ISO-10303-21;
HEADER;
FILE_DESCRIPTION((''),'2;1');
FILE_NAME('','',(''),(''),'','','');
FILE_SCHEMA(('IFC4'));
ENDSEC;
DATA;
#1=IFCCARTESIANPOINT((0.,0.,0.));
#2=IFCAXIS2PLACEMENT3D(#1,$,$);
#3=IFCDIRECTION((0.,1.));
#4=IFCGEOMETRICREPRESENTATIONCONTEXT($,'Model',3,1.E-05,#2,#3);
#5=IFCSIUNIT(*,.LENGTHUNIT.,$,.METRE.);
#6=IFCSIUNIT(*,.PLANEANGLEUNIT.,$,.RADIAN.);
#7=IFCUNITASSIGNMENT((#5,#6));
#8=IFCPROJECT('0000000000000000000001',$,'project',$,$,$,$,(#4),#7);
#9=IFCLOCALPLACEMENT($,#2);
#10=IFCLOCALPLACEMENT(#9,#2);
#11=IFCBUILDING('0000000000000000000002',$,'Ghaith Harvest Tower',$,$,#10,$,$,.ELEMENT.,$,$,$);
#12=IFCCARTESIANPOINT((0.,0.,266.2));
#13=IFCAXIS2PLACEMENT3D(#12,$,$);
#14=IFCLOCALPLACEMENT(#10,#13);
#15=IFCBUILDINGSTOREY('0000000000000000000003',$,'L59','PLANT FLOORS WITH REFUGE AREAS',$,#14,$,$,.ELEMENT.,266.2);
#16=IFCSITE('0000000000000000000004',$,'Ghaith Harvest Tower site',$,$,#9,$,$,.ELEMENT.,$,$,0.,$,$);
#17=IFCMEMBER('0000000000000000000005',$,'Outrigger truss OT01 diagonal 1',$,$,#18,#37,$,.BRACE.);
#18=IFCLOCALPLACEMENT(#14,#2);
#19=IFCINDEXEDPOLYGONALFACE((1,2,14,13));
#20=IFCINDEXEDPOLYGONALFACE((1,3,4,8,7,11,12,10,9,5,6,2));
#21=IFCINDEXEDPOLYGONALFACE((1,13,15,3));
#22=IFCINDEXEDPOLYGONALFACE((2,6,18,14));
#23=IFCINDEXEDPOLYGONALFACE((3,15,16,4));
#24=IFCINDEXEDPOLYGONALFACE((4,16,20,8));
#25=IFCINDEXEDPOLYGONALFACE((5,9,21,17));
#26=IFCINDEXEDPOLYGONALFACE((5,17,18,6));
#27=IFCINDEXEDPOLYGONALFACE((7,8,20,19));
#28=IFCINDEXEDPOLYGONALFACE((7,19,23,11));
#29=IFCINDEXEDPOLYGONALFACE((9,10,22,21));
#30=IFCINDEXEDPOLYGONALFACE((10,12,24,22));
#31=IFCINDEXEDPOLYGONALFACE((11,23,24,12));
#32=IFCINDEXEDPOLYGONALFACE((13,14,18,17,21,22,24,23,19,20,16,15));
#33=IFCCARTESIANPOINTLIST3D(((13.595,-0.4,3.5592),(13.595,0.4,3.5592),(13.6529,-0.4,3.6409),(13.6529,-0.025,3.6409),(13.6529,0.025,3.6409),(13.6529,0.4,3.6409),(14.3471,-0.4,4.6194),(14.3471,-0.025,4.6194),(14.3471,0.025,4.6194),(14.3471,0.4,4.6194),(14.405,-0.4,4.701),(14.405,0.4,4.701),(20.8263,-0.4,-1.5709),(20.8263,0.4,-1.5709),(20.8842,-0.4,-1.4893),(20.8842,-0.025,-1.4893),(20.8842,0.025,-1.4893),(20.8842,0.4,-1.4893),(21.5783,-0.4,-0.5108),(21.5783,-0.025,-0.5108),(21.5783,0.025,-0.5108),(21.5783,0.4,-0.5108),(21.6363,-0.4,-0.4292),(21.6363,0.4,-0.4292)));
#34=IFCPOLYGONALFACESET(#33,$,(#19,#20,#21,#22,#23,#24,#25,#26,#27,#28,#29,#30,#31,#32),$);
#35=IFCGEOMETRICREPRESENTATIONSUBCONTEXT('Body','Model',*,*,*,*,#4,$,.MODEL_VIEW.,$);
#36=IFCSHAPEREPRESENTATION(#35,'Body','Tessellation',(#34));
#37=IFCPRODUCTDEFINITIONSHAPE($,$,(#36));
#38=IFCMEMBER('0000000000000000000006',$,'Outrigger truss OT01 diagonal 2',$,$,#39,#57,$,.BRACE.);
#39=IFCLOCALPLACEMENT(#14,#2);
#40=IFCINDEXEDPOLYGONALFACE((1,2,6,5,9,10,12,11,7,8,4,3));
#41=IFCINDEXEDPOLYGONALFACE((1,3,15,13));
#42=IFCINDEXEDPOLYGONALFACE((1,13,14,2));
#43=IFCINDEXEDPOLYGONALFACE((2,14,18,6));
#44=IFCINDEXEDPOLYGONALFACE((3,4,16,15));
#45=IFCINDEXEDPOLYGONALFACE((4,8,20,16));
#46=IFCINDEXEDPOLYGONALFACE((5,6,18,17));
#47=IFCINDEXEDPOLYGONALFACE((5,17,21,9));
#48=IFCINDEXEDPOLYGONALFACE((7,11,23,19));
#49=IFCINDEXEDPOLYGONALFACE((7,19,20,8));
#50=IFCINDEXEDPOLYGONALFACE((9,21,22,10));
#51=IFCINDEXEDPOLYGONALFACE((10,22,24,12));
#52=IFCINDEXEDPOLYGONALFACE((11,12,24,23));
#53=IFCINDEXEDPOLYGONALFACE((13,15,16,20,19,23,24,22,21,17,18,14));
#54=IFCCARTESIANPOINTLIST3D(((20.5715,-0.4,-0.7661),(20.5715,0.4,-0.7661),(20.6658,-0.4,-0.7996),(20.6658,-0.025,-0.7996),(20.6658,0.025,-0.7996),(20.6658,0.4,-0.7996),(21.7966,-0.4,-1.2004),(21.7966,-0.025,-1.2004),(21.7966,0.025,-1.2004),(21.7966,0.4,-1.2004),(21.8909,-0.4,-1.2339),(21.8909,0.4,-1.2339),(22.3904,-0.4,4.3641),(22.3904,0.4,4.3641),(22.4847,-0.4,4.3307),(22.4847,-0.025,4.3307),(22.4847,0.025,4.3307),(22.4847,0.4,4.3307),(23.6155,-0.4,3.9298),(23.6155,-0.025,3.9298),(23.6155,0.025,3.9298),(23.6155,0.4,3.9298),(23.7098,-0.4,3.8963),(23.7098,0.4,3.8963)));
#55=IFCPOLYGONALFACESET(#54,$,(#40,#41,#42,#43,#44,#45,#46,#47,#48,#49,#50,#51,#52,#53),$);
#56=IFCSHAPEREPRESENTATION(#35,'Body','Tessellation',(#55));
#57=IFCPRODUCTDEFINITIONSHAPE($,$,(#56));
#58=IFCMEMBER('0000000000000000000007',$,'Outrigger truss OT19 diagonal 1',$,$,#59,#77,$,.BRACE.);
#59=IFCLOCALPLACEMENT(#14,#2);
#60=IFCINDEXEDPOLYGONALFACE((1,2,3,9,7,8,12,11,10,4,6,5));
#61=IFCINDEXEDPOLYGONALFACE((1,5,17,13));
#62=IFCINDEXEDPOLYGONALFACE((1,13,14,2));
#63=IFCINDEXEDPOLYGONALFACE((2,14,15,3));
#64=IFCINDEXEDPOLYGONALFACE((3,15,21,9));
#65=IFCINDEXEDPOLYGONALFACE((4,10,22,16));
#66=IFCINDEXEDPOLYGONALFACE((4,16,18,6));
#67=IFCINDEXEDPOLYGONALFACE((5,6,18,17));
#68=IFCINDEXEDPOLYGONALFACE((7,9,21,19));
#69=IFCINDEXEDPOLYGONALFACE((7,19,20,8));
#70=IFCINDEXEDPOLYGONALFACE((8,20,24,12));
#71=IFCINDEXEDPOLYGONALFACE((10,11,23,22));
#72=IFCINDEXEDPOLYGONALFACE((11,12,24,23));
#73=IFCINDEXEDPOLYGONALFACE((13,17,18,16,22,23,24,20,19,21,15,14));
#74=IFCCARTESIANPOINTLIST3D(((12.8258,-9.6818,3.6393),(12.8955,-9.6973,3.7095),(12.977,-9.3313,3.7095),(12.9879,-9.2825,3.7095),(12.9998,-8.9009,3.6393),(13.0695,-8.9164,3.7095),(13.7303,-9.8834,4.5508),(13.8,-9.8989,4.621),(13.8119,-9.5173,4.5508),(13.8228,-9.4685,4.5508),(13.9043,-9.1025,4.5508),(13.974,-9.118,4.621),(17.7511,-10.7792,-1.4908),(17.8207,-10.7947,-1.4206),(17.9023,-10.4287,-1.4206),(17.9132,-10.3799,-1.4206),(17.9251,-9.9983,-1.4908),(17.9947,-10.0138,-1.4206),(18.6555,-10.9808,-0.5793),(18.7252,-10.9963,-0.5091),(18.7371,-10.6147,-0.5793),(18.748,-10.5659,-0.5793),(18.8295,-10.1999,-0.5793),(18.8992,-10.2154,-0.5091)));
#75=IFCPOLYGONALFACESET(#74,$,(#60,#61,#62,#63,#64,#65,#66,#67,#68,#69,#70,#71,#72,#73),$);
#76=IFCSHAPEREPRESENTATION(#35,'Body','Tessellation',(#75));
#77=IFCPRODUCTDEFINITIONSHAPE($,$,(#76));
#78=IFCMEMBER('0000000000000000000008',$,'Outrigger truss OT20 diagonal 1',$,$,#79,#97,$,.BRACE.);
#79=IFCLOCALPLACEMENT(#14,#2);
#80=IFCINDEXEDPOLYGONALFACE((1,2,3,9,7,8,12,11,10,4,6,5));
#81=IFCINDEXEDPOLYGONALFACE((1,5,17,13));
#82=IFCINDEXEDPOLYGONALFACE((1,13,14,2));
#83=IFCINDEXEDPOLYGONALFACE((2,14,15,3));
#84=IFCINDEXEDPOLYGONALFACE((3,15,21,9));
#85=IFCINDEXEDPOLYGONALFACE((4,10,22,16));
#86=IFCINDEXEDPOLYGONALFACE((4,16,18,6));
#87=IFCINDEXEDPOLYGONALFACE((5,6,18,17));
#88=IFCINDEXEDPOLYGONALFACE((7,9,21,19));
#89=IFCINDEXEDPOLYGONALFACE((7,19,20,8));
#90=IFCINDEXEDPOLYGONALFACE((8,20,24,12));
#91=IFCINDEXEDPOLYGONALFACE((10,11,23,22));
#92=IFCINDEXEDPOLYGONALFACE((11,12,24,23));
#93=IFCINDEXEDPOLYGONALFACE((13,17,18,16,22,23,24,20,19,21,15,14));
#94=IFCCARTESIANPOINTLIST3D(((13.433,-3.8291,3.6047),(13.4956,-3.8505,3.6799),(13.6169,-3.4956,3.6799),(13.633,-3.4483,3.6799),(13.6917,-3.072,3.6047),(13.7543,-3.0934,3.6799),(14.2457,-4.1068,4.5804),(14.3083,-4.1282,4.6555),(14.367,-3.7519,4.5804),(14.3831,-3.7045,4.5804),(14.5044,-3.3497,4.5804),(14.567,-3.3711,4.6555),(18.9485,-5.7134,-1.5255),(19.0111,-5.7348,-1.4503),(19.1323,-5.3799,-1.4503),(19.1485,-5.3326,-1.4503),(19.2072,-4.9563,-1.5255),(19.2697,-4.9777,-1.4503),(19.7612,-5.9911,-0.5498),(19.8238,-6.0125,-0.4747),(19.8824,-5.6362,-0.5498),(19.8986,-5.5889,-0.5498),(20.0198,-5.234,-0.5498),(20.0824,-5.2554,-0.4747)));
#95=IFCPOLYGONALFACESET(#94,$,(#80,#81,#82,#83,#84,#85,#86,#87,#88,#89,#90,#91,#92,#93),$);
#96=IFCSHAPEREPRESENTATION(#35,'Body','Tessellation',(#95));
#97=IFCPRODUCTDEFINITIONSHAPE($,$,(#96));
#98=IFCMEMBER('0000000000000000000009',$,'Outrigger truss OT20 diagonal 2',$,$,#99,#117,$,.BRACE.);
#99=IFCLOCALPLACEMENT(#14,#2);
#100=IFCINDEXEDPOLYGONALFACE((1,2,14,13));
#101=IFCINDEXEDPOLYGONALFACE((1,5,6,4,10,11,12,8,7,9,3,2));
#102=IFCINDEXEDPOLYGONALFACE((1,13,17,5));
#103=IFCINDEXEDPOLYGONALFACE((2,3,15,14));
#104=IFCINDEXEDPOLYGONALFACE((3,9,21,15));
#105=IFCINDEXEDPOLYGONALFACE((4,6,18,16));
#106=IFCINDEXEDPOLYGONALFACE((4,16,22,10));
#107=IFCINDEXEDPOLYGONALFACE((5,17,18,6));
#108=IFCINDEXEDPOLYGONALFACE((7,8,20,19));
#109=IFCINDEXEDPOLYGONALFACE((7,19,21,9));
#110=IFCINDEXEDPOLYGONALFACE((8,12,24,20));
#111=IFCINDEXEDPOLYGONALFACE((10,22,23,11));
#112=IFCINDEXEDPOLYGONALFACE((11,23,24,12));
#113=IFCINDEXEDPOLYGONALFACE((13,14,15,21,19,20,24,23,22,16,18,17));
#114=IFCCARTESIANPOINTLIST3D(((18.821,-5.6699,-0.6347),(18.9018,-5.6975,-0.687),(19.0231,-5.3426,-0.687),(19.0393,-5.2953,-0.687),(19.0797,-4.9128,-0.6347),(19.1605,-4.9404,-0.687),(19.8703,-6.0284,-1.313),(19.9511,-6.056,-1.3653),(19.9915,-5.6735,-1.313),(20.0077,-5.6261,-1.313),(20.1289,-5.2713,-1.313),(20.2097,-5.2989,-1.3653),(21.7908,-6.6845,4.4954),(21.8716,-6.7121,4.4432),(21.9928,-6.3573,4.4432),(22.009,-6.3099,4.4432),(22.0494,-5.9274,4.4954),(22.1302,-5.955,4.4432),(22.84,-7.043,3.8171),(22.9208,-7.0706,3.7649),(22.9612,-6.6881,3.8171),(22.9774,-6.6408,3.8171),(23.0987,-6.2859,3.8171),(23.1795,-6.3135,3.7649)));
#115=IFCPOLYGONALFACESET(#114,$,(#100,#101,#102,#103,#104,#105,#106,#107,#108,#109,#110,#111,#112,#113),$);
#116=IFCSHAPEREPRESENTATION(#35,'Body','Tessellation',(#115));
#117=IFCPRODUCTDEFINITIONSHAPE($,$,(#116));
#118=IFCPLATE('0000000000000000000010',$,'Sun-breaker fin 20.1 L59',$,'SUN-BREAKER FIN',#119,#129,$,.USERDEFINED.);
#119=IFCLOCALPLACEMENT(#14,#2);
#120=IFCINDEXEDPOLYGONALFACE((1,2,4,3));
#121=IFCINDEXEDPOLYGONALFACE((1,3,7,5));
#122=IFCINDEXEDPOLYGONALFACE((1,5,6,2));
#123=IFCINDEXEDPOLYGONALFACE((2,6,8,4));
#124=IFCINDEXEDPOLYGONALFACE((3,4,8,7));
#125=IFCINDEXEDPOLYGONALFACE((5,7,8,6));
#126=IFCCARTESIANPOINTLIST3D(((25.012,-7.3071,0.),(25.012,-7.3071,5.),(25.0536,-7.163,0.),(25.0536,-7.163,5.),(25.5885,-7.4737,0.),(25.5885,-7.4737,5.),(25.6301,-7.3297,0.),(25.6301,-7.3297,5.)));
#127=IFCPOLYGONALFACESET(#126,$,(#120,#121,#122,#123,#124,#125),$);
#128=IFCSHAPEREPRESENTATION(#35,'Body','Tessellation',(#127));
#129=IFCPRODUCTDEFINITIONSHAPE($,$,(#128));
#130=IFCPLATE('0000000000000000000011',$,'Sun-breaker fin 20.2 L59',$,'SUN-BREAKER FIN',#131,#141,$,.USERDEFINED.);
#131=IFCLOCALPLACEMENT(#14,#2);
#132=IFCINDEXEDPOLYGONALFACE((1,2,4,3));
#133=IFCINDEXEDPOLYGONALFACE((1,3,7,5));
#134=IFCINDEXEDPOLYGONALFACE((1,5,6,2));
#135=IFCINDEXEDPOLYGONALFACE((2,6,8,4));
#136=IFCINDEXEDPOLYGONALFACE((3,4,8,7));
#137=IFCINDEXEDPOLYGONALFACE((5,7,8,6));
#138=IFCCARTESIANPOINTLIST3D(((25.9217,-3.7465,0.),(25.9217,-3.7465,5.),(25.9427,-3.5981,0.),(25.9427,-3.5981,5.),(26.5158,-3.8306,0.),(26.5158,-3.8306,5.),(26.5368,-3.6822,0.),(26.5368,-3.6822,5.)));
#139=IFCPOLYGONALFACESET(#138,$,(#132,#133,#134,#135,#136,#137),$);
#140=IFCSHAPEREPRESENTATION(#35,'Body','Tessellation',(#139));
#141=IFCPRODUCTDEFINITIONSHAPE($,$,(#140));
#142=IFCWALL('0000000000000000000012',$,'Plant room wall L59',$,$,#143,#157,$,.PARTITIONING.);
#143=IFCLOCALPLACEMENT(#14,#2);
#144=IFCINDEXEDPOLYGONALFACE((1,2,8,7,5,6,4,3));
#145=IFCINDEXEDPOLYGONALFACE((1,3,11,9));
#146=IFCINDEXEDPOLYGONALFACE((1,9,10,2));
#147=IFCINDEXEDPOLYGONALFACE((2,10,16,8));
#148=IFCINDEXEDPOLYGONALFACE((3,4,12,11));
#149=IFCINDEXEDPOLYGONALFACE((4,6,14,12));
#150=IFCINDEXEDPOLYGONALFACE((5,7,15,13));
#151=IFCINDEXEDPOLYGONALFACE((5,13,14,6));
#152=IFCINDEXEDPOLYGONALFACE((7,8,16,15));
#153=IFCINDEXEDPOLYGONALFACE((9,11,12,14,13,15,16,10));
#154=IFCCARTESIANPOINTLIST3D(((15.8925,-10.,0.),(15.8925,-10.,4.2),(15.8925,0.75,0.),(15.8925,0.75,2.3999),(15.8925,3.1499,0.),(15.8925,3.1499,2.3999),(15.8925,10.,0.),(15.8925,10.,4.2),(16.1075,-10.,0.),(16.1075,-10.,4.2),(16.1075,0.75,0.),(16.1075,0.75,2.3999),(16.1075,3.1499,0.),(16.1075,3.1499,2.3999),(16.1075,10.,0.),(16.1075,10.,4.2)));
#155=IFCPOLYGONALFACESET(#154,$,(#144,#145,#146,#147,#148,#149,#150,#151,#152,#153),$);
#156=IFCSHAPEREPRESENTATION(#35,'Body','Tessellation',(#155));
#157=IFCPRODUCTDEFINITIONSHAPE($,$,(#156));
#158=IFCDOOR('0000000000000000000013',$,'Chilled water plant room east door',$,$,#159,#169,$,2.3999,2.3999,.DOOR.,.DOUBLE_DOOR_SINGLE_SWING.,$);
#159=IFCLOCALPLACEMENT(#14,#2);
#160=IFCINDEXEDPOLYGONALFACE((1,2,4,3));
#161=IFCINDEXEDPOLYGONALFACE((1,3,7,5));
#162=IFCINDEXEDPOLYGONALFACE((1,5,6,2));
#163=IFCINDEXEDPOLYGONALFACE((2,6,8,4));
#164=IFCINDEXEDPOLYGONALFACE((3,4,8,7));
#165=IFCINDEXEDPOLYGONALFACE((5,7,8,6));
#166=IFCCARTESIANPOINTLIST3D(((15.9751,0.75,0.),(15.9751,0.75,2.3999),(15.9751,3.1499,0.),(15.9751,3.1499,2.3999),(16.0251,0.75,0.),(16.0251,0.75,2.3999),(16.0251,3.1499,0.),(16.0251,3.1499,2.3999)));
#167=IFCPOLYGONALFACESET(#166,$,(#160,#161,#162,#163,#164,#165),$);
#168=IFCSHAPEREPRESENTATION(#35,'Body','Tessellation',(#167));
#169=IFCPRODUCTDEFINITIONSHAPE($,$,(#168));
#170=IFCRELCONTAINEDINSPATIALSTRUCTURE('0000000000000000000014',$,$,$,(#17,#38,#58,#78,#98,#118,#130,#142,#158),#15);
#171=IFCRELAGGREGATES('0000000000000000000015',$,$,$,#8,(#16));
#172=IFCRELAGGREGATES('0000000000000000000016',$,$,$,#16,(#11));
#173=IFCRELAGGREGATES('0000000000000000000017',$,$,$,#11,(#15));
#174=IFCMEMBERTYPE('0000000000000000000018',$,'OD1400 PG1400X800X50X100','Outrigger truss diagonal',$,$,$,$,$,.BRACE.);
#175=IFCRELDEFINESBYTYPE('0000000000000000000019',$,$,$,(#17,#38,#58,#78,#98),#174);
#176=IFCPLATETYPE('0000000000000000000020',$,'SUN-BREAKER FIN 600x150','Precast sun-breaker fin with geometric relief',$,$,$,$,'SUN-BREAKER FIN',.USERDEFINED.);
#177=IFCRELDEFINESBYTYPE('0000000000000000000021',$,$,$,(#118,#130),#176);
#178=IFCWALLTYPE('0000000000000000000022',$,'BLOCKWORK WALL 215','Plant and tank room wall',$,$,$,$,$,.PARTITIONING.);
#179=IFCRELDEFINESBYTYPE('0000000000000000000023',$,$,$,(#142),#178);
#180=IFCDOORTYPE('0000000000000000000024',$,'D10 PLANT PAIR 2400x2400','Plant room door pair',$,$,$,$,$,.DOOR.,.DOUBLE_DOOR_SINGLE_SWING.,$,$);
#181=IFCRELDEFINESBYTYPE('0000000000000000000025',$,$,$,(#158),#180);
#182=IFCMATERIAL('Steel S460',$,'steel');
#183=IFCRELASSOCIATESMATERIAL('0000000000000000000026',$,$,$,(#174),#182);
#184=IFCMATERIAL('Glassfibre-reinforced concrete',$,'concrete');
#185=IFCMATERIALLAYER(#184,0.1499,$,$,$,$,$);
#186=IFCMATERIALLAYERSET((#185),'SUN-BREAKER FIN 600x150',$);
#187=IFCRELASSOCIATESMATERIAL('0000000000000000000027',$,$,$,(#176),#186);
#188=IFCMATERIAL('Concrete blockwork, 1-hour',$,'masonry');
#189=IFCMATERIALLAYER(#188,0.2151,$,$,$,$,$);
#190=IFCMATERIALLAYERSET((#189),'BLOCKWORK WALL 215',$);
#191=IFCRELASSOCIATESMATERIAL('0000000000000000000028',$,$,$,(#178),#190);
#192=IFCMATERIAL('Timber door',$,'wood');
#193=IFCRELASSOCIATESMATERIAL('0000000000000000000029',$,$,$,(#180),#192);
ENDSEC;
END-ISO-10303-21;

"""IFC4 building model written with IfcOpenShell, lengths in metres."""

from ifc_helpers import new_model, si_unit, direction, frame, frame_2d, origin, origin_2d, place, context, subcontext, project, spatial, rectangle, i_section, extrude, material, layer, layer_set, material_profile, profile_set, type_object, element, fill, save


model = new_model("IFC4")

# Units and contexts
model_context = context("Model", 3, precision=1e-05, world=origin(), true_north=direction((0.0, 1.0)))
body_context = subcontext(model_context, "Body", "Model", "MODEL_VIEW")
ifc_project = project(units=[si_unit("LENGTHUNIT", "METRE"), si_unit("PLANEANGLEUNIT", "RADIAN")], contexts=[model_context])

# Site, building, storey
site_placement = place(None, origin())
site = spatial("IfcSite", under=ifc_project, at=site_placement, Name="Ghaith Harvest Tower site", CompositionType="ELEMENT", RefElevation=0.0)
building_placement = place(site_placement, origin())
building = spatial("IfcBuilding", under=site, at=building_placement, Name="Ghaith Harvest Tower", CompositionType="ELEMENT")
storey_placement = place(building_placement, frame((0.0, 0.0, 266.2)))
storey = spatial("IfcBuildingStorey", under=building, at=storey_placement, Name="L59", Description="PLANT FLOORS WITH REFUGE AREAS", CompositionType="ELEMENT", Elevation=266.2)

# Members
ifc_material_1 = material(Name="Steel S460", Category="steel")
ifc_material_profile_1 = material_profile(ifc_material_1, i_section(OverallWidth=0.8, OverallDepth=1.3999, WebThickness=0.05, FlangeThickness=0.1001, at=origin_2d()), Name="PG1400X800X50X100")
ifc_profile_set_1 = profile_set([ifc_material_profile_1], Name="Steel S460")
member_type_1 = type_object("IfcMemberType", Name="OD1400 PG1400X800X50X100", Description="Outrigger truss diagonal", PredefinedType="BRACE", material=ifc_profile_set_1)
member_1_placement = place(storey_placement, frame((14.0, 0.0, 4.1301), z_axis=(0.815597, 0.0, -0.57862), x_axis=(0.0, 1.0, 0.0)))
element("IfcMember", 1, at=member_1_placement, inside=storey, type_object=member_type_1, Name="Outrigger truss OT01 diagonal 1", PredefinedType="BRACE", context=body_context, shape_type="SweptSolid", body=[
    extrude(i_section(OverallWidth=0.8, OverallDepth=1.3999, WebThickness=0.05, FlangeThickness=0.1001, at=origin_2d()), origin(), (0.0, 0.0, 1.0), 8.8662),
])
member_2_placement = place(storey_placement, frame((21.2312, 0.0, -1.0), z_axis=(0.334162, 0.0, 0.942516), x_axis=(0.0, 1.0, 0.0)))
element("IfcMember", 2, at=member_2_placement, inside=storey, type_object=member_type_1, Name="Outrigger truss OT01 diagonal 2", PredefinedType="BRACE", context=body_context, shape_type="SweptSolid", body=[
    extrude(i_section(OverallWidth=0.8, OverallDepth=1.3999, WebThickness=0.05, FlangeThickness=0.1001, at=origin_2d()), origin(), (0.0, 0.0, 1.0), 5.4431),
])
member_3_placement = place(storey_placement, frame((13.3999, -9.3999, 4.1301), z_axis=(0.684458, -0.152505, -0.712923), x_axis=(0.217479, 0.976065, 0.0)))
element("IfcMember", 3, at=member_3_placement, inside=storey, type_object=member_type_1, Name="Outrigger truss OT19 diagonal 1", PredefinedType="BRACE", context=body_context, shape_type="SweptSolid", body=[
    extrude(i_section(OverallWidth=0.8, OverallDepth=1.3999, WebThickness=0.05, FlangeThickness=0.1001, at=origin_2d()), origin(), (0.0, 0.0, 1.0), 7.1958),
])
member_4_placement = place(storey_placement, frame((14.0, -3.6001, 4.1301), z_axis=(0.710329, -0.242677, -0.660712), x_axis=(0.323294, 0.946299, 0.0)))
element("IfcMember", 4, at=member_4_placement, inside=storey, type_object=member_type_1, Name="Outrigger truss OT20 diagonal 1", PredefinedType="BRACE", context=body_context, shape_type="SweptSolid", body=[
    extrude(i_section(OverallWidth=0.8, OverallDepth=1.3999, WebThickness=0.05, FlangeThickness=0.1001, at=origin_2d()), origin(), (0.0, 0.0, 1.0), 7.7646),
])
member_5_placement = place(storey_placement, frame((19.5154, -5.4844, -1.0), z_axis=(0.49381, -0.168717, 0.853045), x_axis=(0.323314, 0.946292, 0.0)))
element("IfcMember", 5, at=member_5_placement, inside=storey, type_object=member_type_1, Name="Outrigger truss OT20 diagonal 2", PredefinedType="BRACE", context=body_context, shape_type="SweptSolid", body=[
    extrude(i_section(OverallWidth=0.8, OverallDepth=1.3999, WebThickness=0.05, FlangeThickness=0.1001, at=origin_2d()), origin(), (0.0, 0.0, 1.0), 6.0139),
])

# Plates
ifc_material_2 = material(Name="Glassfibre-reinforced concrete", Category="concrete")
ifc_layer_1 = layer(ifc_material_2, 0.1499)
ifc_layer_set_1 = layer_set([ifc_layer_1], Name="SUN-BREAKER FIN 600x150")
plate_type = type_object("IfcPlateType", Name="SUN-BREAKER FIN 600x150", Description="Precast sun-breaker fin with geometric relief", ElementType="SUN-BREAKER FIN", PredefinedType="USERDEFINED", material=ifc_layer_set_1)
for number, where, z_axis, x_axis, name in (
    (6, (25.321, -7.3184, 0.0), (0.0, 0.0, 1.0), (0.96068, -0.277657, 0.0), "Sun-breaker fin 20.1 L59"),
    (7, (26.2292, -3.7144, 0.0), (0.0, 0.0, 1.0), (0.990121, -0.140213, 0.0), "Sun-breaker fin 20.2 L59"),
):
    element("IfcPlate", number, at=place(storey_placement, frame(where, z_axis=z_axis, x_axis=x_axis)), inside=storey, type_object=plate_type, Name=name, ObjectType="SUN-BREAKER FIN", PredefinedType="USERDEFINED", context=body_context, shape_type="SweptSolid", body=[
        extrude(rectangle(XDim=0.6001, YDim=0.1499, at=origin_2d()), origin(), (0.0, 0.0, 1.0), 5.0),
    ])

# Wall, opening, door
ifc_material_3 = material(Name="Concrete blockwork, 1-hour", Category="masonry")
ifc_layer_2 = layer(ifc_material_3, 0.2151)
ifc_layer_set_2 = layer_set([ifc_layer_2], Name="BLOCKWORK WALL 215")
wall_type_1 = type_object("IfcWallType", Name="BLOCKWORK WALL 215", Description="Plant and tank room wall", PredefinedType="PARTITIONING", material=ifc_layer_set_2)
wall_1_placement = place(storey_placement, frame((16.0, -10.0, 0.0), z_axis=(0.0, 0.0, 1.0), x_axis=(0.0, 1.0, 0.0)))
wall_1 = element("IfcWall", 8, at=wall_1_placement, inside=storey, type_object=wall_type_1, Name="Plant room wall L59", PredefinedType="PARTITIONING", context=body_context, shape_type="SweptSolid", body=[
    extrude(rectangle(XDim=20.0, YDim=0.2151, at=frame_2d((10.0, 0.0))), origin(), (0.0, 0.0, 1.0), 4.2),
])
opening_1_placement = place(wall_1_placement, frame((10.75, 0.0, 0.0)))
opening_1 = element("IfcOpeningElement", 9, at=opening_1_placement, cuts=wall_1, PredefinedType="OPENING", context=body_context, shape_type="SweptSolid", body=[
    extrude(rectangle(XDim=2.3999, YDim=2.3999, at=frame_2d((1.2, 1.2))), frame((0.0, 0.1177, 0.0), z_axis=(0.0, -1.0, 0.0), x_axis=(1.0, 0.0, 0.0)), (0.0, 0.0, 1.0), 0.2351),
])
ifc_material_4 = material(Name="Timber door", Category="wood")
door_type_1 = type_object("IfcDoorType", Name="D10 PLANT PAIR 2400x2400", Description="Plant room door pair", OperationType="DOUBLE_DOOR_SINGLE_SWING", PredefinedType="DOOR", material=ifc_material_4)
door_1_placement = place(opening_1_placement, origin())
door_1 = element("IfcDoor", 10, at=door_1_placement, inside=storey, type_object=door_type_1, Name="Chilled water plant room east door", OperationType="DOUBLE_DOOR_SINGLE_SWING", OverallHeight=2.3999, OverallWidth=2.3999, PredefinedType="DOOR", context=body_context, shape_type="SweptSolid", body=[
    extrude(rectangle(XDim=2.3999, YDim=2.3999, at=frame_2d((1.2, 1.2))), frame((0.0, 0.0249, 0.0), z_axis=(0.0, -1.0, 0.0), x_axis=(1.0, 0.0, 0.0)), (0.0, 0.0, 1.0), 0.05),
])
fill(opening_1, door_1)

save(model, "model.ifc")
